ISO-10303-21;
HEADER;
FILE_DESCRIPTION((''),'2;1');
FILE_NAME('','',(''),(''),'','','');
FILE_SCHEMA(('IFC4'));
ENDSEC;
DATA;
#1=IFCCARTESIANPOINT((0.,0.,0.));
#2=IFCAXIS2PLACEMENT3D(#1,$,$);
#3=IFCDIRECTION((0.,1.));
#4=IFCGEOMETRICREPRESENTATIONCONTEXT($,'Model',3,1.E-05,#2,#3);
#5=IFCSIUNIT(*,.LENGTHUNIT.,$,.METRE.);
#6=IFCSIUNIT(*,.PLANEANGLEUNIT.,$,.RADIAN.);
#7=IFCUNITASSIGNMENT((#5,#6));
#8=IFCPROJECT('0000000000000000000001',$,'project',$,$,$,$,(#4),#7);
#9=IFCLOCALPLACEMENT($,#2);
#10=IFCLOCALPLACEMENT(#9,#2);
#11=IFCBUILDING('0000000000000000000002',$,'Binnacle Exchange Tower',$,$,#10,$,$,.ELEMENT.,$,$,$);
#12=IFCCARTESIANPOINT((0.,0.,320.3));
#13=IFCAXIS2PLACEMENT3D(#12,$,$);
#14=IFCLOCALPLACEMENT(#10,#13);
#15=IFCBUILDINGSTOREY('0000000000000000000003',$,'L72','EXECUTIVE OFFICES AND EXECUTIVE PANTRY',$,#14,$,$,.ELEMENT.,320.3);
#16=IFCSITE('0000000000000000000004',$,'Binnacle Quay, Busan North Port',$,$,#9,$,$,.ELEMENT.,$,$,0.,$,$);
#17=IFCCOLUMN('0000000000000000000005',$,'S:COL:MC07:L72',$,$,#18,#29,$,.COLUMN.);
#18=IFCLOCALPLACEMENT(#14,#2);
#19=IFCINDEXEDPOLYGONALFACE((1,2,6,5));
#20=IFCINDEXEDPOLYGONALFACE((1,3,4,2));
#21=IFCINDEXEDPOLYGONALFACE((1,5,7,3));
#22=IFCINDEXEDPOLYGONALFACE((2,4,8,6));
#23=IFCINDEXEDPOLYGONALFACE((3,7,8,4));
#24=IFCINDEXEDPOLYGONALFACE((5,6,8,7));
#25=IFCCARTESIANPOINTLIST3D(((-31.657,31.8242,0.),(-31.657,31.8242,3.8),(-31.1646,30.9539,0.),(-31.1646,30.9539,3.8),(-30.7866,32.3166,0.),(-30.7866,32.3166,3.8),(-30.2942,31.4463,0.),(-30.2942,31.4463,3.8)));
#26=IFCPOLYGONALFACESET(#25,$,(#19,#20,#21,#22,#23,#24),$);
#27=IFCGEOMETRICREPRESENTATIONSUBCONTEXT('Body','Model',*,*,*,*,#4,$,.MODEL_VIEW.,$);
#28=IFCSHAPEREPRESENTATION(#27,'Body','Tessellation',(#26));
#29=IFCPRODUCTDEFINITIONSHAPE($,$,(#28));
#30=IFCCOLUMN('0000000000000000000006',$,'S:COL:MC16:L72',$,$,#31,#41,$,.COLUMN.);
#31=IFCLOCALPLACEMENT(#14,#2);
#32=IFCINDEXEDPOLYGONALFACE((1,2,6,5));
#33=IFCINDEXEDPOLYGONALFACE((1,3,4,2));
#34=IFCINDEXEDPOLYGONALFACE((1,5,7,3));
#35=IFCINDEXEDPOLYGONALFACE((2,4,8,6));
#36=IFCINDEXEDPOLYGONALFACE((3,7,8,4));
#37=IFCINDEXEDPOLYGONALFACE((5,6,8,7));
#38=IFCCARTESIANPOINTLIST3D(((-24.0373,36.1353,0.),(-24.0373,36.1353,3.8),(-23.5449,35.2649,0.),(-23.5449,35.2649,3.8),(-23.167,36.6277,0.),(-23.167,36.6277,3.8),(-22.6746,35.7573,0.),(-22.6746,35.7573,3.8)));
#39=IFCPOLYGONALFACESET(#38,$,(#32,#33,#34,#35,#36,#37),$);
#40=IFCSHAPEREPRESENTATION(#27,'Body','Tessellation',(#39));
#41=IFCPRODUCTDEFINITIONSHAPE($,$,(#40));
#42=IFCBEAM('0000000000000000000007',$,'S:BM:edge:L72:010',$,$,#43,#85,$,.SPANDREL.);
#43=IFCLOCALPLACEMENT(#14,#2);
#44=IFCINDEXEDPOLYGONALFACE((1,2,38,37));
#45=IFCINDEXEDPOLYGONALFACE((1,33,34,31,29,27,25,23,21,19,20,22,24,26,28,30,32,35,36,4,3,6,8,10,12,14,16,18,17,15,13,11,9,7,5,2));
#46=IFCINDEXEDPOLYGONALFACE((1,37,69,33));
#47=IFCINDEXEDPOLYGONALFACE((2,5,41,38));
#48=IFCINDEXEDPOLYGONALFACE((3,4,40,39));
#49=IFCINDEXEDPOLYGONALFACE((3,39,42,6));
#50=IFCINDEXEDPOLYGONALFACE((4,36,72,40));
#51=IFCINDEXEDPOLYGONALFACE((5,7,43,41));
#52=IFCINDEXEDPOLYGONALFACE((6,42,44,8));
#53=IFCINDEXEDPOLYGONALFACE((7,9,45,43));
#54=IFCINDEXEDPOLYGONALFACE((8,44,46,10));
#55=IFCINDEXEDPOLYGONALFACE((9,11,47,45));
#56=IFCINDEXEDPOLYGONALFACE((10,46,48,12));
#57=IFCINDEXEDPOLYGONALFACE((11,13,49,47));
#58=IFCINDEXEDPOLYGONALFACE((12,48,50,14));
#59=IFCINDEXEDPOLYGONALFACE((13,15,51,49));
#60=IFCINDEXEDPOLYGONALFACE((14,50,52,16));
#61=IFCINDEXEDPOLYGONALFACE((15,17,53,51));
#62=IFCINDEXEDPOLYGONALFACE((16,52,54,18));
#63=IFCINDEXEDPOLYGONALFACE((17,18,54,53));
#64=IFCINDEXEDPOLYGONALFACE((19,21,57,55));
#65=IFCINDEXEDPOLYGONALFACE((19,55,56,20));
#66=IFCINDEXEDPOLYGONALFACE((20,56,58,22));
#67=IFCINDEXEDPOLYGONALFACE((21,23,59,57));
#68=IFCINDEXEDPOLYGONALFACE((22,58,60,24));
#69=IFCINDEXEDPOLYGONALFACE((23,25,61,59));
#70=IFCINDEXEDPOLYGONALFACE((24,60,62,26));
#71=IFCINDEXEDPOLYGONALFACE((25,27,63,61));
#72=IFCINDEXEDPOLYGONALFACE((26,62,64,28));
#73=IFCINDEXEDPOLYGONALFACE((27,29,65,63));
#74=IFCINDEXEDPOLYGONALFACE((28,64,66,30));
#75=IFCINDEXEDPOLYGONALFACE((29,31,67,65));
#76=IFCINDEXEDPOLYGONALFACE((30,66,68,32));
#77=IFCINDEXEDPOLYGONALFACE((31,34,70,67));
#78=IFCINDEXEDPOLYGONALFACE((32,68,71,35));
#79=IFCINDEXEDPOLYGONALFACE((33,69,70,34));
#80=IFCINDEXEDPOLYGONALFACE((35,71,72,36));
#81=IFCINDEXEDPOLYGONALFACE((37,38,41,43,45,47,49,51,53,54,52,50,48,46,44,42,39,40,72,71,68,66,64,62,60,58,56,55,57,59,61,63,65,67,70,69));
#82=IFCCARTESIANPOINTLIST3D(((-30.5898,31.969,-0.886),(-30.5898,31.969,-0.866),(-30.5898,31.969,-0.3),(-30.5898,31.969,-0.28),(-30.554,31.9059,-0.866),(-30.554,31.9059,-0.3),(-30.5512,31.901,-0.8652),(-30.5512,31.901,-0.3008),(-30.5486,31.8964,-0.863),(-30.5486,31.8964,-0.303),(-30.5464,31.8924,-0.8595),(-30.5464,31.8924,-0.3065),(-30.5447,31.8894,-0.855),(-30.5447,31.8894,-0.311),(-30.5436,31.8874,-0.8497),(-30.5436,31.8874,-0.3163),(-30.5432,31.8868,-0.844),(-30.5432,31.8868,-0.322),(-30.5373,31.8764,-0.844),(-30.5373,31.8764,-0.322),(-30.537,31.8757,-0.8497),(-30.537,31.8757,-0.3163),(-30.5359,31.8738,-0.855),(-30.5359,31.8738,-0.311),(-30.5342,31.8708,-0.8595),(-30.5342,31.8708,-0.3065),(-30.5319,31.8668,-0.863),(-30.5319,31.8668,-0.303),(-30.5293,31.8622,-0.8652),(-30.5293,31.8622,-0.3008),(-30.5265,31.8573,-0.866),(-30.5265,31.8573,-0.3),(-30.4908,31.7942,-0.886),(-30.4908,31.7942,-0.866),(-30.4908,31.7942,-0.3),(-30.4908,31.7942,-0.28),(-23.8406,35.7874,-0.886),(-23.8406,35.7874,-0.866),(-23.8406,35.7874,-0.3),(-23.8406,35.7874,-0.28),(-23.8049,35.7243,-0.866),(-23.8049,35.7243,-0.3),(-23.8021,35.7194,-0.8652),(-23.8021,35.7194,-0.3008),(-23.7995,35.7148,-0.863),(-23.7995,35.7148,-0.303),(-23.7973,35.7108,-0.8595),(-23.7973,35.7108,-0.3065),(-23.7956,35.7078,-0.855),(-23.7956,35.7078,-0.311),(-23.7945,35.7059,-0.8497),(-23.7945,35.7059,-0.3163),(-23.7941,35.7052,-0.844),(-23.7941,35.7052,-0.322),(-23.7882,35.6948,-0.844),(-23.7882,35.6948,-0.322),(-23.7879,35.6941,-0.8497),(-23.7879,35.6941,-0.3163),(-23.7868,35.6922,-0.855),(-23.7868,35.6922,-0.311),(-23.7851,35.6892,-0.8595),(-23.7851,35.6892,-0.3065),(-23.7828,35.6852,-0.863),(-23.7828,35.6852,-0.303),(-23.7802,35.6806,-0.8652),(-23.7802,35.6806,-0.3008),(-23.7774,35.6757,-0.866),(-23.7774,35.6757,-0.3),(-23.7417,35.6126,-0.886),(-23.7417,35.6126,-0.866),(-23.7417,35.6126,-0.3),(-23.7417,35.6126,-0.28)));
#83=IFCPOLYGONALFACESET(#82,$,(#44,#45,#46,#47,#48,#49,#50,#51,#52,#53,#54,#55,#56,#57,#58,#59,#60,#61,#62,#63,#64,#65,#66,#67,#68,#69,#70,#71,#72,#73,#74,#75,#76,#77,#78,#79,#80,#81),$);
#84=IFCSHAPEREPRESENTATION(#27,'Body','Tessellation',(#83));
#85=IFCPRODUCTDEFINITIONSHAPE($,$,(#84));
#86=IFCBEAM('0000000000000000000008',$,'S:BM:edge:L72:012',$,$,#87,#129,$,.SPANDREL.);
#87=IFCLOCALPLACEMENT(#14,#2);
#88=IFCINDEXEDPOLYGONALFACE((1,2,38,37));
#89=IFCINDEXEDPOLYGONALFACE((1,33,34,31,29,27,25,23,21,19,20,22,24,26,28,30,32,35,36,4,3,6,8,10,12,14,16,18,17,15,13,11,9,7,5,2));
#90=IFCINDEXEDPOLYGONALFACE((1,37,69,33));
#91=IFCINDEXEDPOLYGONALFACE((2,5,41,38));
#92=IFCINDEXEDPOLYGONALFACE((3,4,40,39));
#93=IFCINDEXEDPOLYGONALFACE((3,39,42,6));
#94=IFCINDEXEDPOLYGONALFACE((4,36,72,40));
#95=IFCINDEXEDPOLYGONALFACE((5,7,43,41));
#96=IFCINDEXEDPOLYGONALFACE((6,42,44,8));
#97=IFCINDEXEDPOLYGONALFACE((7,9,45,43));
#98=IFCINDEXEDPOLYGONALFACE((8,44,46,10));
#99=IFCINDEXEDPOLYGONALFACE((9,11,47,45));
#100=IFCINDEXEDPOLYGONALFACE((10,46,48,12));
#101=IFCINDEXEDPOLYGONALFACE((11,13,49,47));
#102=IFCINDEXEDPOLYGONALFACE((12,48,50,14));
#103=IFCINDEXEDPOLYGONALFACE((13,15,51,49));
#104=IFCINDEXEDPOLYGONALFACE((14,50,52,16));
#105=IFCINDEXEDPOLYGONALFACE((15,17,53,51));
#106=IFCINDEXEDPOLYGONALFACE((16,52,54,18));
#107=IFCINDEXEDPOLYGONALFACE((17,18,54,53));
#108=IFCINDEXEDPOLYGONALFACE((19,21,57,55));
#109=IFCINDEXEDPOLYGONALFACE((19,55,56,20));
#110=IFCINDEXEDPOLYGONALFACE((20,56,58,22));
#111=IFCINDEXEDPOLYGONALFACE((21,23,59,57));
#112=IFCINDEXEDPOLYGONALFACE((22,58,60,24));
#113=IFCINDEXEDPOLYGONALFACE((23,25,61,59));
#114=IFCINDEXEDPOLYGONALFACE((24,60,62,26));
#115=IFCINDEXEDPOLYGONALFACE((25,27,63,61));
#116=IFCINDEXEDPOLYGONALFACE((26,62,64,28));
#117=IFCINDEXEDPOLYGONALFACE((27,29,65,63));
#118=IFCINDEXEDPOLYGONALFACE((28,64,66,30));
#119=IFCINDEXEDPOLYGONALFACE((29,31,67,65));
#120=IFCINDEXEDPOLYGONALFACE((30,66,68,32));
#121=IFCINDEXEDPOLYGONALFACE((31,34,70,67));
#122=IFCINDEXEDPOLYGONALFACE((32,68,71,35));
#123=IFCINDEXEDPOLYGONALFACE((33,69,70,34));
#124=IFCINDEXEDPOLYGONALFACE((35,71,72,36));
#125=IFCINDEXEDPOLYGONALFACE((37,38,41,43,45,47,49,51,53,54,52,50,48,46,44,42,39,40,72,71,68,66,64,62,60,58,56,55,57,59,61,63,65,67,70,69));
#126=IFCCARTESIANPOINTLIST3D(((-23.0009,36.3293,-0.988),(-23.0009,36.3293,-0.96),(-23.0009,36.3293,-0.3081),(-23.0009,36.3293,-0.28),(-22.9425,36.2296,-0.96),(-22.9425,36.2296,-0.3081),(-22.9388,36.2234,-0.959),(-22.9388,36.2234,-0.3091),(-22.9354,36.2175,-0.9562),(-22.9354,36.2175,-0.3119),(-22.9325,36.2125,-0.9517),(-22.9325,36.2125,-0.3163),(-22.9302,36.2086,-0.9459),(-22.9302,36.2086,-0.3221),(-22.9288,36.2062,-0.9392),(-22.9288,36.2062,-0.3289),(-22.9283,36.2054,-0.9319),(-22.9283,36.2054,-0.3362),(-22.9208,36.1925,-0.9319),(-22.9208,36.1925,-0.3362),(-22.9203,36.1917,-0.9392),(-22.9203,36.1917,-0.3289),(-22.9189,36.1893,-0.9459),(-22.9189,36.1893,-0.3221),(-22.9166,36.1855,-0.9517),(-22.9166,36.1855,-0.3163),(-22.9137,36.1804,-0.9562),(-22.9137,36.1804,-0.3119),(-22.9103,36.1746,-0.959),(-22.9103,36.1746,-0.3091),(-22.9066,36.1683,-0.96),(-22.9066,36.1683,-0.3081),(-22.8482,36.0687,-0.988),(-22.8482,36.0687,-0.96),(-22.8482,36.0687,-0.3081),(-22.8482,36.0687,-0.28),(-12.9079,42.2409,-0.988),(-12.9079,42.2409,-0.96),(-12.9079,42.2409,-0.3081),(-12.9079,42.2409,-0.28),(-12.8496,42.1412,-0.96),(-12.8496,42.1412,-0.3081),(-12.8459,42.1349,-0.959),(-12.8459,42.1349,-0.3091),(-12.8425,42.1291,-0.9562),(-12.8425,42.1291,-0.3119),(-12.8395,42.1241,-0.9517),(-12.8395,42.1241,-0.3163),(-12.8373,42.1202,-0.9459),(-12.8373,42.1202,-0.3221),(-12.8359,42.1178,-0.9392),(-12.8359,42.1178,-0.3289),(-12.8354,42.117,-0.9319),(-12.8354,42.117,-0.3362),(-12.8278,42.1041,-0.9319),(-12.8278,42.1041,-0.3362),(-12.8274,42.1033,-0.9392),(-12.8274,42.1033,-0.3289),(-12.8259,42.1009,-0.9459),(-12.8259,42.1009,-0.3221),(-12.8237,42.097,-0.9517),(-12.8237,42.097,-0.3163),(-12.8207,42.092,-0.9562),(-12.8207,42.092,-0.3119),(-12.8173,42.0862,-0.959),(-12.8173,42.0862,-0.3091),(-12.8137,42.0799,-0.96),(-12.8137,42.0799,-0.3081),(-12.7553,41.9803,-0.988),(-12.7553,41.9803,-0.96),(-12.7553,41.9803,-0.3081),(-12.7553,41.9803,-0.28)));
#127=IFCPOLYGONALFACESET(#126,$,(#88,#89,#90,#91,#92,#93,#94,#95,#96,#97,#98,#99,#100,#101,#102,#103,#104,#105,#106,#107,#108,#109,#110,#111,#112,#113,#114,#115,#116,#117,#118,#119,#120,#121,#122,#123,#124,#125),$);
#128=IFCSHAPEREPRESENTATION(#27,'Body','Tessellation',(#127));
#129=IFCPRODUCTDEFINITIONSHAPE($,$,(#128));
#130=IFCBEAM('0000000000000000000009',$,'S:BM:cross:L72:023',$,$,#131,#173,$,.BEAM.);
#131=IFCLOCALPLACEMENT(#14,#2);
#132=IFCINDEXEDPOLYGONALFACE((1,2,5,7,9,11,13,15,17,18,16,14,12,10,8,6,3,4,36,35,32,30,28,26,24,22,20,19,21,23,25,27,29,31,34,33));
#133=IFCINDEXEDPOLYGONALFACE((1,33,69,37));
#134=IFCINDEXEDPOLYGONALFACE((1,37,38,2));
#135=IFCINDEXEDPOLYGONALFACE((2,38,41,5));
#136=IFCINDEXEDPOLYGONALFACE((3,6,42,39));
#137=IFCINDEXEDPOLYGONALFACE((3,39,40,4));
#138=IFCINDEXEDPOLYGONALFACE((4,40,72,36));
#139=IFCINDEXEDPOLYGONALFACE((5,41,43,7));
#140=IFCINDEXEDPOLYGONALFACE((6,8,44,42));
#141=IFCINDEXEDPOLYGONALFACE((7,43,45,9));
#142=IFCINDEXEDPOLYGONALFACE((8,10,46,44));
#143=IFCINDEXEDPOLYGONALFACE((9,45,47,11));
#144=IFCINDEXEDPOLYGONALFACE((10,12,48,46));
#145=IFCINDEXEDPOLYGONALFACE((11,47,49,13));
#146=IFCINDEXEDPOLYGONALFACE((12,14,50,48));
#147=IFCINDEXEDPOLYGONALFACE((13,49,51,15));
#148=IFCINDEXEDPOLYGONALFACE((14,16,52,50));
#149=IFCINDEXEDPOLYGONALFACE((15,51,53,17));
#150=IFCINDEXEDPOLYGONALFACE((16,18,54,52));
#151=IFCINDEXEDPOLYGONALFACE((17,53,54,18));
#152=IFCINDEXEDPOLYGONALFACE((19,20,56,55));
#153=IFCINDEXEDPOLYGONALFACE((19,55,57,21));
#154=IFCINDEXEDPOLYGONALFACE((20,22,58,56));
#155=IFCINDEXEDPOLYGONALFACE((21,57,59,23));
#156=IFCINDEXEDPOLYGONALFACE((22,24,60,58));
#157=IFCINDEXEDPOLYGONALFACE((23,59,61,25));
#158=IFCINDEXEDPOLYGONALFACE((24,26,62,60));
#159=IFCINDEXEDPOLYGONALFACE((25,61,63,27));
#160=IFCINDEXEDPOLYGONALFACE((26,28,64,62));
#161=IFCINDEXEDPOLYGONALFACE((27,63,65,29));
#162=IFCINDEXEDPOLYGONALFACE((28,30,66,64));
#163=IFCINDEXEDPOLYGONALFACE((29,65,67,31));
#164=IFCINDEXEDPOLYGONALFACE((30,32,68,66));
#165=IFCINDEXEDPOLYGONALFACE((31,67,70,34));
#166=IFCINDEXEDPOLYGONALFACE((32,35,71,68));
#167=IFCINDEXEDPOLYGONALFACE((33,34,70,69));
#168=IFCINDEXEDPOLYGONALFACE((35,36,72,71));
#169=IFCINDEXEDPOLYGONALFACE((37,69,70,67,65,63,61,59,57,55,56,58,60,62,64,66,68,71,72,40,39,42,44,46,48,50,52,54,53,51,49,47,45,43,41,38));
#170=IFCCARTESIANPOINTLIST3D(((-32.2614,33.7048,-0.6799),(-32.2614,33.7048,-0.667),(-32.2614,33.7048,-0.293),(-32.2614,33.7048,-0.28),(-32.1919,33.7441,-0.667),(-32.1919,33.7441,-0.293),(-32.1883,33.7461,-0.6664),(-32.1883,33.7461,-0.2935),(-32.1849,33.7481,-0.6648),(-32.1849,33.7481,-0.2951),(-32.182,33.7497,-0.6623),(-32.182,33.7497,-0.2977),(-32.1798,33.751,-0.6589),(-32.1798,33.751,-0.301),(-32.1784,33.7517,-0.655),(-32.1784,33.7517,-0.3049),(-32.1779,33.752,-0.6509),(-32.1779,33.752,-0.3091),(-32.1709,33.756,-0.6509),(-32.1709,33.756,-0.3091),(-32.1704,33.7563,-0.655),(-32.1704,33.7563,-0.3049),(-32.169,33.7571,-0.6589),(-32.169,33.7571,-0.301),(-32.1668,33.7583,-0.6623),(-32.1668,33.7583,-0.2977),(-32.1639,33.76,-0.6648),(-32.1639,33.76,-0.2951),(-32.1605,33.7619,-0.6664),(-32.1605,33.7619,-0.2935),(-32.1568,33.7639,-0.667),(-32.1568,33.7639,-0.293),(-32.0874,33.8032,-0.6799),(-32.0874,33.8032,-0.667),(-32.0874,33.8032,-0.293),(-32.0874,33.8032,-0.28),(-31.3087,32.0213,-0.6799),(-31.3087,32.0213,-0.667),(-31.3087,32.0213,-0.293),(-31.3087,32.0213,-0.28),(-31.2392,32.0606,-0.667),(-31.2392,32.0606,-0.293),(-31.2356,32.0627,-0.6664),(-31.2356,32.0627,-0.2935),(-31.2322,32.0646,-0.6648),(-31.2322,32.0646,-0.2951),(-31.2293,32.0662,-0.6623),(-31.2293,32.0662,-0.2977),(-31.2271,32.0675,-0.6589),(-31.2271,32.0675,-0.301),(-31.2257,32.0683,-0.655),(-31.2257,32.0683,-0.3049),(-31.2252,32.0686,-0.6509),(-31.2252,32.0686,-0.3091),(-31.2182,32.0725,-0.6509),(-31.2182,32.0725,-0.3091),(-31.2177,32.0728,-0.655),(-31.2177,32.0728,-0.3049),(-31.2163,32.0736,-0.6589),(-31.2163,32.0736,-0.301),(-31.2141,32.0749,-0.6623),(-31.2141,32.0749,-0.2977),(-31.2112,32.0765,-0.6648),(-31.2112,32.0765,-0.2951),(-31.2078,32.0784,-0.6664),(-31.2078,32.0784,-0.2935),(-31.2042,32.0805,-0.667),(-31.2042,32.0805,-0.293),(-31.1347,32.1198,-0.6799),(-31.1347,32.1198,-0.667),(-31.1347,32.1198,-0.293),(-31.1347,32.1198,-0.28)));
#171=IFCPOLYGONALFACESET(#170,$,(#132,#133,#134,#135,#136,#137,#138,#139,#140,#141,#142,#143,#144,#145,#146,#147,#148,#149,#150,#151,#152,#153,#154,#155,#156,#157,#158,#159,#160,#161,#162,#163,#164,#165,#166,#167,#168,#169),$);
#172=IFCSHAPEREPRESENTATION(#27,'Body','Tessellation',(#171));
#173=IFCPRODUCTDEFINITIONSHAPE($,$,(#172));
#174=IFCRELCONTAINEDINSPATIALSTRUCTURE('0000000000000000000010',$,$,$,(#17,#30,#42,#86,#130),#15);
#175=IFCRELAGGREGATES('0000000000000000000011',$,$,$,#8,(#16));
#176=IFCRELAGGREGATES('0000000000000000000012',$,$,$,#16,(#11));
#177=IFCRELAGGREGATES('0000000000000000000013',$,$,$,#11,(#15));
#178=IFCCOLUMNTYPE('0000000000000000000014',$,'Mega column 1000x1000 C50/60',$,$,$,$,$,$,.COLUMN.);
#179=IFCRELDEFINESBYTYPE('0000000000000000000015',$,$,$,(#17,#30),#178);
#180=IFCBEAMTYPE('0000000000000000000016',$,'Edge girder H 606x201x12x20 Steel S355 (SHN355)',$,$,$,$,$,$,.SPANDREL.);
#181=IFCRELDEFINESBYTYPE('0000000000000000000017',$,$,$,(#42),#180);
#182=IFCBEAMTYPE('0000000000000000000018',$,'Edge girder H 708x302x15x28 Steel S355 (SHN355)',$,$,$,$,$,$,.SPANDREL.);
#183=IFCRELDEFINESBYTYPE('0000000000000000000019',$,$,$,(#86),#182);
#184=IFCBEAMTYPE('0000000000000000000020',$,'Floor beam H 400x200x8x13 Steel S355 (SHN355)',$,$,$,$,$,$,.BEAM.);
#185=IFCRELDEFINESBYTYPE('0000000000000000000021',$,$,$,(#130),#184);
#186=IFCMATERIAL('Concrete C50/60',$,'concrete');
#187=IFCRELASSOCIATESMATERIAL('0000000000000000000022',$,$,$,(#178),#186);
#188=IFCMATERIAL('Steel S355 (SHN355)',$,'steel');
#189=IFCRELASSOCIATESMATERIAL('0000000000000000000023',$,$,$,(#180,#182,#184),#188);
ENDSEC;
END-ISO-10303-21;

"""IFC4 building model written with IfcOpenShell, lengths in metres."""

from ifc_helpers import new_model, si_unit, direction, frame, origin, origin_2d, place, context, subcontext, project, spatial, rectangle, i_section, extrude, material, material_profile, profile_set, type_object, element, save


model = new_model("IFC4")

# Units and contexts
model_context = context("Model", 3, precision=1e-05, world=origin(), true_north=direction((0.0, 1.0)))
body_context = subcontext(model_context, "Body", "Model", "MODEL_VIEW")
ifc_project = project(units=[si_unit("LENGTHUNIT", "METRE"), si_unit("PLANEANGLEUNIT", "RADIAN")], contexts=[model_context])

# Site, building, storey
site_placement = place(None, origin())
site = spatial("IfcSite", under=ifc_project, at=site_placement, Name="Binnacle Quay, Busan North Port", CompositionType="ELEMENT", RefElevation=0.0)
building_placement = place(site_placement, origin())
building = spatial("IfcBuilding", under=site, at=building_placement, Name="Binnacle Exchange Tower", CompositionType="ELEMENT")
storey_placement = place(building_placement, frame((0.0, 0.0, 320.3)))
storey = spatial("IfcBuildingStorey", under=building, at=storey_placement, Name="L72", Description="EXECUTIVE OFFICES AND EXECUTIVE PANTRY", CompositionType="ELEMENT", Elevation=320.3)

# Columns
ifc_material_1 = material(Name="Concrete C50/60", Category="concrete")
ifc_material_profile_1 = material_profile(ifc_material_1, rectangle(XDim=1.0, YDim=1.0, at=origin_2d()), Name="Mega column 1000x1000 C50/60")
ifc_profile_set_1 = profile_set([ifc_material_profile_1], Name="Concrete C50/60")
column_type = type_object("IfcColumnType", Name="Mega column 1000x1000 C50/60", PredefinedType="COLUMN", material=ifc_profile_set_1)
for number, where, z_axis, x_axis, name in (
    (1, (-30.9756, 31.6353, 0.0), (0.0, 0.0, 1.0), (0.870356, 0.492424, 0.0), "S:COL:MC07:L72"),
    (2, (-23.356, 35.9463, 0.0), (0.0, 0.0, 1.0), (0.870356, 0.492424, 0.0), "S:COL:MC16:L72"),
):
    element("IfcColumn", number, at=place(storey_placement, frame(where, z_axis=z_axis, x_axis=x_axis)), inside=storey, type_object=column_type, Name=name, PredefinedType="COLUMN", context=body_context, shape_type="SweptSolid", body=[
        extrude(rectangle(XDim=1.0, YDim=1.0, at=origin_2d()), origin(), (0.0, 0.0, 1.0), 3.8),
    ])

# Beams
ifc_material_2 = material(Name="Steel S355 (SHN355)", Category="steel")
ifc_material_profile_2 = material_profile(ifc_material_2, i_section(OverallWidth=0.2009, OverallDepth=0.606, WebThickness=0.012, FlangeThickness=0.02, FilletRadius=0.022, at=origin_2d()), Name="H 606x201x12x20")
ifc_profile_set_2 = profile_set([ifc_material_profile_2], Name="Steel S355 (SHN355)")
beam_type_1 = type_object("IfcBeamType", Name="Edge girder H 606x201x12x20 Steel S355 (SHN355)", PredefinedType="SPANDREL", material=ifc_profile_set_2)
beam_1_placement = place(storey_placement, frame((-30.5403, 31.8816, -0.583), z_axis=(0.870359, 0.492418, 0.0), x_axis=(-0.492418, 0.870359, 0.0)))
element("IfcBeam", 3, at=beam_1_placement, inside=storey, type_object=beam_type_1, Name="S:BM:edge:L72:010", PredefinedType="SPANDREL", context=body_context, shape_type="SweptSolid", body=[
    extrude(i_section(OverallWidth=0.2009, OverallDepth=0.606, WebThickness=0.012, FlangeThickness=0.02, FilletRadius=0.022, at=origin_2d()), origin(), (0.0, 0.0, 1.0), 7.7544),
])
ifc_material_profile_3 = material_profile(ifc_material_2, i_section(OverallWidth=0.302, OverallDepth=0.708, WebThickness=0.0149, FlangeThickness=0.0281, FilletRadius=0.0281, at=origin_2d()), Name="H 708x302x15x28")
ifc_profile_set_3 = profile_set([ifc_material_profile_3], Name="Steel S355 (SHN355)")
beam_type_2 = type_object("IfcBeamType", Name="Edge girder H 708x302x15x28 Steel S355 (SHN355)", PredefinedType="SPANDREL", material=ifc_profile_set_3)
beam_2_placement = place(storey_placement, frame((-22.9246, 36.199, -0.634), z_axis=(0.862883, 0.505403, 0.0), x_axis=(-0.505403, 0.862883, 0.0)))
element("IfcBeam", 4, at=beam_2_placement, inside=storey, type_object=beam_type_2, Name="S:BM:edge:L72:012", PredefinedType="SPANDREL", context=body_context, shape_type="SweptSolid", body=[
    extrude(i_section(OverallWidth=0.302, OverallDepth=0.708, WebThickness=0.0149, FlangeThickness=0.0281, FilletRadius=0.0281, at=origin_2d()), origin(), (0.0, 0.0, 1.0), 11.6968),
])
ifc_material_profile_4 = material_profile(ifc_material_2, i_section(OverallWidth=0.2, OverallDepth=0.3999, WebThickness=0.0081, FlangeThickness=0.0129, FilletRadius=0.0161, at=origin_2d()), Name="H 400x200x8x13")
ifc_profile_set_4 = profile_set([ifc_material_profile_4], Name="Steel S355 (SHN355)")
beam_type_3 = type_object("IfcBeamType", Name="Floor beam H 400x200x8x13 Steel S355 (SHN355)", PredefinedType="BEAM", material=ifc_profile_set_4)
beam_3_placement = place(storey_placement, frame((-31.2217, 32.0706, -0.48), z_axis=(-0.492519, 0.870302, 0.0), x_axis=(-0.870302, -0.492519, 0.0)))
element("IfcBeam", 5, at=beam_3_placement, inside=storey, type_object=beam_type_3, Name="S:BM:cross:L72:023", PredefinedType="BEAM", context=body_context, shape_type="SweptSolid", body=[
    extrude(i_section(OverallWidth=0.2, OverallDepth=0.3999, WebThickness=0.0081, FlangeThickness=0.0129, FilletRadius=0.0161, at=origin_2d()), origin(), (0.0, 0.0, 1.0), 1.9343),
])

save(model, "model.ifc")
